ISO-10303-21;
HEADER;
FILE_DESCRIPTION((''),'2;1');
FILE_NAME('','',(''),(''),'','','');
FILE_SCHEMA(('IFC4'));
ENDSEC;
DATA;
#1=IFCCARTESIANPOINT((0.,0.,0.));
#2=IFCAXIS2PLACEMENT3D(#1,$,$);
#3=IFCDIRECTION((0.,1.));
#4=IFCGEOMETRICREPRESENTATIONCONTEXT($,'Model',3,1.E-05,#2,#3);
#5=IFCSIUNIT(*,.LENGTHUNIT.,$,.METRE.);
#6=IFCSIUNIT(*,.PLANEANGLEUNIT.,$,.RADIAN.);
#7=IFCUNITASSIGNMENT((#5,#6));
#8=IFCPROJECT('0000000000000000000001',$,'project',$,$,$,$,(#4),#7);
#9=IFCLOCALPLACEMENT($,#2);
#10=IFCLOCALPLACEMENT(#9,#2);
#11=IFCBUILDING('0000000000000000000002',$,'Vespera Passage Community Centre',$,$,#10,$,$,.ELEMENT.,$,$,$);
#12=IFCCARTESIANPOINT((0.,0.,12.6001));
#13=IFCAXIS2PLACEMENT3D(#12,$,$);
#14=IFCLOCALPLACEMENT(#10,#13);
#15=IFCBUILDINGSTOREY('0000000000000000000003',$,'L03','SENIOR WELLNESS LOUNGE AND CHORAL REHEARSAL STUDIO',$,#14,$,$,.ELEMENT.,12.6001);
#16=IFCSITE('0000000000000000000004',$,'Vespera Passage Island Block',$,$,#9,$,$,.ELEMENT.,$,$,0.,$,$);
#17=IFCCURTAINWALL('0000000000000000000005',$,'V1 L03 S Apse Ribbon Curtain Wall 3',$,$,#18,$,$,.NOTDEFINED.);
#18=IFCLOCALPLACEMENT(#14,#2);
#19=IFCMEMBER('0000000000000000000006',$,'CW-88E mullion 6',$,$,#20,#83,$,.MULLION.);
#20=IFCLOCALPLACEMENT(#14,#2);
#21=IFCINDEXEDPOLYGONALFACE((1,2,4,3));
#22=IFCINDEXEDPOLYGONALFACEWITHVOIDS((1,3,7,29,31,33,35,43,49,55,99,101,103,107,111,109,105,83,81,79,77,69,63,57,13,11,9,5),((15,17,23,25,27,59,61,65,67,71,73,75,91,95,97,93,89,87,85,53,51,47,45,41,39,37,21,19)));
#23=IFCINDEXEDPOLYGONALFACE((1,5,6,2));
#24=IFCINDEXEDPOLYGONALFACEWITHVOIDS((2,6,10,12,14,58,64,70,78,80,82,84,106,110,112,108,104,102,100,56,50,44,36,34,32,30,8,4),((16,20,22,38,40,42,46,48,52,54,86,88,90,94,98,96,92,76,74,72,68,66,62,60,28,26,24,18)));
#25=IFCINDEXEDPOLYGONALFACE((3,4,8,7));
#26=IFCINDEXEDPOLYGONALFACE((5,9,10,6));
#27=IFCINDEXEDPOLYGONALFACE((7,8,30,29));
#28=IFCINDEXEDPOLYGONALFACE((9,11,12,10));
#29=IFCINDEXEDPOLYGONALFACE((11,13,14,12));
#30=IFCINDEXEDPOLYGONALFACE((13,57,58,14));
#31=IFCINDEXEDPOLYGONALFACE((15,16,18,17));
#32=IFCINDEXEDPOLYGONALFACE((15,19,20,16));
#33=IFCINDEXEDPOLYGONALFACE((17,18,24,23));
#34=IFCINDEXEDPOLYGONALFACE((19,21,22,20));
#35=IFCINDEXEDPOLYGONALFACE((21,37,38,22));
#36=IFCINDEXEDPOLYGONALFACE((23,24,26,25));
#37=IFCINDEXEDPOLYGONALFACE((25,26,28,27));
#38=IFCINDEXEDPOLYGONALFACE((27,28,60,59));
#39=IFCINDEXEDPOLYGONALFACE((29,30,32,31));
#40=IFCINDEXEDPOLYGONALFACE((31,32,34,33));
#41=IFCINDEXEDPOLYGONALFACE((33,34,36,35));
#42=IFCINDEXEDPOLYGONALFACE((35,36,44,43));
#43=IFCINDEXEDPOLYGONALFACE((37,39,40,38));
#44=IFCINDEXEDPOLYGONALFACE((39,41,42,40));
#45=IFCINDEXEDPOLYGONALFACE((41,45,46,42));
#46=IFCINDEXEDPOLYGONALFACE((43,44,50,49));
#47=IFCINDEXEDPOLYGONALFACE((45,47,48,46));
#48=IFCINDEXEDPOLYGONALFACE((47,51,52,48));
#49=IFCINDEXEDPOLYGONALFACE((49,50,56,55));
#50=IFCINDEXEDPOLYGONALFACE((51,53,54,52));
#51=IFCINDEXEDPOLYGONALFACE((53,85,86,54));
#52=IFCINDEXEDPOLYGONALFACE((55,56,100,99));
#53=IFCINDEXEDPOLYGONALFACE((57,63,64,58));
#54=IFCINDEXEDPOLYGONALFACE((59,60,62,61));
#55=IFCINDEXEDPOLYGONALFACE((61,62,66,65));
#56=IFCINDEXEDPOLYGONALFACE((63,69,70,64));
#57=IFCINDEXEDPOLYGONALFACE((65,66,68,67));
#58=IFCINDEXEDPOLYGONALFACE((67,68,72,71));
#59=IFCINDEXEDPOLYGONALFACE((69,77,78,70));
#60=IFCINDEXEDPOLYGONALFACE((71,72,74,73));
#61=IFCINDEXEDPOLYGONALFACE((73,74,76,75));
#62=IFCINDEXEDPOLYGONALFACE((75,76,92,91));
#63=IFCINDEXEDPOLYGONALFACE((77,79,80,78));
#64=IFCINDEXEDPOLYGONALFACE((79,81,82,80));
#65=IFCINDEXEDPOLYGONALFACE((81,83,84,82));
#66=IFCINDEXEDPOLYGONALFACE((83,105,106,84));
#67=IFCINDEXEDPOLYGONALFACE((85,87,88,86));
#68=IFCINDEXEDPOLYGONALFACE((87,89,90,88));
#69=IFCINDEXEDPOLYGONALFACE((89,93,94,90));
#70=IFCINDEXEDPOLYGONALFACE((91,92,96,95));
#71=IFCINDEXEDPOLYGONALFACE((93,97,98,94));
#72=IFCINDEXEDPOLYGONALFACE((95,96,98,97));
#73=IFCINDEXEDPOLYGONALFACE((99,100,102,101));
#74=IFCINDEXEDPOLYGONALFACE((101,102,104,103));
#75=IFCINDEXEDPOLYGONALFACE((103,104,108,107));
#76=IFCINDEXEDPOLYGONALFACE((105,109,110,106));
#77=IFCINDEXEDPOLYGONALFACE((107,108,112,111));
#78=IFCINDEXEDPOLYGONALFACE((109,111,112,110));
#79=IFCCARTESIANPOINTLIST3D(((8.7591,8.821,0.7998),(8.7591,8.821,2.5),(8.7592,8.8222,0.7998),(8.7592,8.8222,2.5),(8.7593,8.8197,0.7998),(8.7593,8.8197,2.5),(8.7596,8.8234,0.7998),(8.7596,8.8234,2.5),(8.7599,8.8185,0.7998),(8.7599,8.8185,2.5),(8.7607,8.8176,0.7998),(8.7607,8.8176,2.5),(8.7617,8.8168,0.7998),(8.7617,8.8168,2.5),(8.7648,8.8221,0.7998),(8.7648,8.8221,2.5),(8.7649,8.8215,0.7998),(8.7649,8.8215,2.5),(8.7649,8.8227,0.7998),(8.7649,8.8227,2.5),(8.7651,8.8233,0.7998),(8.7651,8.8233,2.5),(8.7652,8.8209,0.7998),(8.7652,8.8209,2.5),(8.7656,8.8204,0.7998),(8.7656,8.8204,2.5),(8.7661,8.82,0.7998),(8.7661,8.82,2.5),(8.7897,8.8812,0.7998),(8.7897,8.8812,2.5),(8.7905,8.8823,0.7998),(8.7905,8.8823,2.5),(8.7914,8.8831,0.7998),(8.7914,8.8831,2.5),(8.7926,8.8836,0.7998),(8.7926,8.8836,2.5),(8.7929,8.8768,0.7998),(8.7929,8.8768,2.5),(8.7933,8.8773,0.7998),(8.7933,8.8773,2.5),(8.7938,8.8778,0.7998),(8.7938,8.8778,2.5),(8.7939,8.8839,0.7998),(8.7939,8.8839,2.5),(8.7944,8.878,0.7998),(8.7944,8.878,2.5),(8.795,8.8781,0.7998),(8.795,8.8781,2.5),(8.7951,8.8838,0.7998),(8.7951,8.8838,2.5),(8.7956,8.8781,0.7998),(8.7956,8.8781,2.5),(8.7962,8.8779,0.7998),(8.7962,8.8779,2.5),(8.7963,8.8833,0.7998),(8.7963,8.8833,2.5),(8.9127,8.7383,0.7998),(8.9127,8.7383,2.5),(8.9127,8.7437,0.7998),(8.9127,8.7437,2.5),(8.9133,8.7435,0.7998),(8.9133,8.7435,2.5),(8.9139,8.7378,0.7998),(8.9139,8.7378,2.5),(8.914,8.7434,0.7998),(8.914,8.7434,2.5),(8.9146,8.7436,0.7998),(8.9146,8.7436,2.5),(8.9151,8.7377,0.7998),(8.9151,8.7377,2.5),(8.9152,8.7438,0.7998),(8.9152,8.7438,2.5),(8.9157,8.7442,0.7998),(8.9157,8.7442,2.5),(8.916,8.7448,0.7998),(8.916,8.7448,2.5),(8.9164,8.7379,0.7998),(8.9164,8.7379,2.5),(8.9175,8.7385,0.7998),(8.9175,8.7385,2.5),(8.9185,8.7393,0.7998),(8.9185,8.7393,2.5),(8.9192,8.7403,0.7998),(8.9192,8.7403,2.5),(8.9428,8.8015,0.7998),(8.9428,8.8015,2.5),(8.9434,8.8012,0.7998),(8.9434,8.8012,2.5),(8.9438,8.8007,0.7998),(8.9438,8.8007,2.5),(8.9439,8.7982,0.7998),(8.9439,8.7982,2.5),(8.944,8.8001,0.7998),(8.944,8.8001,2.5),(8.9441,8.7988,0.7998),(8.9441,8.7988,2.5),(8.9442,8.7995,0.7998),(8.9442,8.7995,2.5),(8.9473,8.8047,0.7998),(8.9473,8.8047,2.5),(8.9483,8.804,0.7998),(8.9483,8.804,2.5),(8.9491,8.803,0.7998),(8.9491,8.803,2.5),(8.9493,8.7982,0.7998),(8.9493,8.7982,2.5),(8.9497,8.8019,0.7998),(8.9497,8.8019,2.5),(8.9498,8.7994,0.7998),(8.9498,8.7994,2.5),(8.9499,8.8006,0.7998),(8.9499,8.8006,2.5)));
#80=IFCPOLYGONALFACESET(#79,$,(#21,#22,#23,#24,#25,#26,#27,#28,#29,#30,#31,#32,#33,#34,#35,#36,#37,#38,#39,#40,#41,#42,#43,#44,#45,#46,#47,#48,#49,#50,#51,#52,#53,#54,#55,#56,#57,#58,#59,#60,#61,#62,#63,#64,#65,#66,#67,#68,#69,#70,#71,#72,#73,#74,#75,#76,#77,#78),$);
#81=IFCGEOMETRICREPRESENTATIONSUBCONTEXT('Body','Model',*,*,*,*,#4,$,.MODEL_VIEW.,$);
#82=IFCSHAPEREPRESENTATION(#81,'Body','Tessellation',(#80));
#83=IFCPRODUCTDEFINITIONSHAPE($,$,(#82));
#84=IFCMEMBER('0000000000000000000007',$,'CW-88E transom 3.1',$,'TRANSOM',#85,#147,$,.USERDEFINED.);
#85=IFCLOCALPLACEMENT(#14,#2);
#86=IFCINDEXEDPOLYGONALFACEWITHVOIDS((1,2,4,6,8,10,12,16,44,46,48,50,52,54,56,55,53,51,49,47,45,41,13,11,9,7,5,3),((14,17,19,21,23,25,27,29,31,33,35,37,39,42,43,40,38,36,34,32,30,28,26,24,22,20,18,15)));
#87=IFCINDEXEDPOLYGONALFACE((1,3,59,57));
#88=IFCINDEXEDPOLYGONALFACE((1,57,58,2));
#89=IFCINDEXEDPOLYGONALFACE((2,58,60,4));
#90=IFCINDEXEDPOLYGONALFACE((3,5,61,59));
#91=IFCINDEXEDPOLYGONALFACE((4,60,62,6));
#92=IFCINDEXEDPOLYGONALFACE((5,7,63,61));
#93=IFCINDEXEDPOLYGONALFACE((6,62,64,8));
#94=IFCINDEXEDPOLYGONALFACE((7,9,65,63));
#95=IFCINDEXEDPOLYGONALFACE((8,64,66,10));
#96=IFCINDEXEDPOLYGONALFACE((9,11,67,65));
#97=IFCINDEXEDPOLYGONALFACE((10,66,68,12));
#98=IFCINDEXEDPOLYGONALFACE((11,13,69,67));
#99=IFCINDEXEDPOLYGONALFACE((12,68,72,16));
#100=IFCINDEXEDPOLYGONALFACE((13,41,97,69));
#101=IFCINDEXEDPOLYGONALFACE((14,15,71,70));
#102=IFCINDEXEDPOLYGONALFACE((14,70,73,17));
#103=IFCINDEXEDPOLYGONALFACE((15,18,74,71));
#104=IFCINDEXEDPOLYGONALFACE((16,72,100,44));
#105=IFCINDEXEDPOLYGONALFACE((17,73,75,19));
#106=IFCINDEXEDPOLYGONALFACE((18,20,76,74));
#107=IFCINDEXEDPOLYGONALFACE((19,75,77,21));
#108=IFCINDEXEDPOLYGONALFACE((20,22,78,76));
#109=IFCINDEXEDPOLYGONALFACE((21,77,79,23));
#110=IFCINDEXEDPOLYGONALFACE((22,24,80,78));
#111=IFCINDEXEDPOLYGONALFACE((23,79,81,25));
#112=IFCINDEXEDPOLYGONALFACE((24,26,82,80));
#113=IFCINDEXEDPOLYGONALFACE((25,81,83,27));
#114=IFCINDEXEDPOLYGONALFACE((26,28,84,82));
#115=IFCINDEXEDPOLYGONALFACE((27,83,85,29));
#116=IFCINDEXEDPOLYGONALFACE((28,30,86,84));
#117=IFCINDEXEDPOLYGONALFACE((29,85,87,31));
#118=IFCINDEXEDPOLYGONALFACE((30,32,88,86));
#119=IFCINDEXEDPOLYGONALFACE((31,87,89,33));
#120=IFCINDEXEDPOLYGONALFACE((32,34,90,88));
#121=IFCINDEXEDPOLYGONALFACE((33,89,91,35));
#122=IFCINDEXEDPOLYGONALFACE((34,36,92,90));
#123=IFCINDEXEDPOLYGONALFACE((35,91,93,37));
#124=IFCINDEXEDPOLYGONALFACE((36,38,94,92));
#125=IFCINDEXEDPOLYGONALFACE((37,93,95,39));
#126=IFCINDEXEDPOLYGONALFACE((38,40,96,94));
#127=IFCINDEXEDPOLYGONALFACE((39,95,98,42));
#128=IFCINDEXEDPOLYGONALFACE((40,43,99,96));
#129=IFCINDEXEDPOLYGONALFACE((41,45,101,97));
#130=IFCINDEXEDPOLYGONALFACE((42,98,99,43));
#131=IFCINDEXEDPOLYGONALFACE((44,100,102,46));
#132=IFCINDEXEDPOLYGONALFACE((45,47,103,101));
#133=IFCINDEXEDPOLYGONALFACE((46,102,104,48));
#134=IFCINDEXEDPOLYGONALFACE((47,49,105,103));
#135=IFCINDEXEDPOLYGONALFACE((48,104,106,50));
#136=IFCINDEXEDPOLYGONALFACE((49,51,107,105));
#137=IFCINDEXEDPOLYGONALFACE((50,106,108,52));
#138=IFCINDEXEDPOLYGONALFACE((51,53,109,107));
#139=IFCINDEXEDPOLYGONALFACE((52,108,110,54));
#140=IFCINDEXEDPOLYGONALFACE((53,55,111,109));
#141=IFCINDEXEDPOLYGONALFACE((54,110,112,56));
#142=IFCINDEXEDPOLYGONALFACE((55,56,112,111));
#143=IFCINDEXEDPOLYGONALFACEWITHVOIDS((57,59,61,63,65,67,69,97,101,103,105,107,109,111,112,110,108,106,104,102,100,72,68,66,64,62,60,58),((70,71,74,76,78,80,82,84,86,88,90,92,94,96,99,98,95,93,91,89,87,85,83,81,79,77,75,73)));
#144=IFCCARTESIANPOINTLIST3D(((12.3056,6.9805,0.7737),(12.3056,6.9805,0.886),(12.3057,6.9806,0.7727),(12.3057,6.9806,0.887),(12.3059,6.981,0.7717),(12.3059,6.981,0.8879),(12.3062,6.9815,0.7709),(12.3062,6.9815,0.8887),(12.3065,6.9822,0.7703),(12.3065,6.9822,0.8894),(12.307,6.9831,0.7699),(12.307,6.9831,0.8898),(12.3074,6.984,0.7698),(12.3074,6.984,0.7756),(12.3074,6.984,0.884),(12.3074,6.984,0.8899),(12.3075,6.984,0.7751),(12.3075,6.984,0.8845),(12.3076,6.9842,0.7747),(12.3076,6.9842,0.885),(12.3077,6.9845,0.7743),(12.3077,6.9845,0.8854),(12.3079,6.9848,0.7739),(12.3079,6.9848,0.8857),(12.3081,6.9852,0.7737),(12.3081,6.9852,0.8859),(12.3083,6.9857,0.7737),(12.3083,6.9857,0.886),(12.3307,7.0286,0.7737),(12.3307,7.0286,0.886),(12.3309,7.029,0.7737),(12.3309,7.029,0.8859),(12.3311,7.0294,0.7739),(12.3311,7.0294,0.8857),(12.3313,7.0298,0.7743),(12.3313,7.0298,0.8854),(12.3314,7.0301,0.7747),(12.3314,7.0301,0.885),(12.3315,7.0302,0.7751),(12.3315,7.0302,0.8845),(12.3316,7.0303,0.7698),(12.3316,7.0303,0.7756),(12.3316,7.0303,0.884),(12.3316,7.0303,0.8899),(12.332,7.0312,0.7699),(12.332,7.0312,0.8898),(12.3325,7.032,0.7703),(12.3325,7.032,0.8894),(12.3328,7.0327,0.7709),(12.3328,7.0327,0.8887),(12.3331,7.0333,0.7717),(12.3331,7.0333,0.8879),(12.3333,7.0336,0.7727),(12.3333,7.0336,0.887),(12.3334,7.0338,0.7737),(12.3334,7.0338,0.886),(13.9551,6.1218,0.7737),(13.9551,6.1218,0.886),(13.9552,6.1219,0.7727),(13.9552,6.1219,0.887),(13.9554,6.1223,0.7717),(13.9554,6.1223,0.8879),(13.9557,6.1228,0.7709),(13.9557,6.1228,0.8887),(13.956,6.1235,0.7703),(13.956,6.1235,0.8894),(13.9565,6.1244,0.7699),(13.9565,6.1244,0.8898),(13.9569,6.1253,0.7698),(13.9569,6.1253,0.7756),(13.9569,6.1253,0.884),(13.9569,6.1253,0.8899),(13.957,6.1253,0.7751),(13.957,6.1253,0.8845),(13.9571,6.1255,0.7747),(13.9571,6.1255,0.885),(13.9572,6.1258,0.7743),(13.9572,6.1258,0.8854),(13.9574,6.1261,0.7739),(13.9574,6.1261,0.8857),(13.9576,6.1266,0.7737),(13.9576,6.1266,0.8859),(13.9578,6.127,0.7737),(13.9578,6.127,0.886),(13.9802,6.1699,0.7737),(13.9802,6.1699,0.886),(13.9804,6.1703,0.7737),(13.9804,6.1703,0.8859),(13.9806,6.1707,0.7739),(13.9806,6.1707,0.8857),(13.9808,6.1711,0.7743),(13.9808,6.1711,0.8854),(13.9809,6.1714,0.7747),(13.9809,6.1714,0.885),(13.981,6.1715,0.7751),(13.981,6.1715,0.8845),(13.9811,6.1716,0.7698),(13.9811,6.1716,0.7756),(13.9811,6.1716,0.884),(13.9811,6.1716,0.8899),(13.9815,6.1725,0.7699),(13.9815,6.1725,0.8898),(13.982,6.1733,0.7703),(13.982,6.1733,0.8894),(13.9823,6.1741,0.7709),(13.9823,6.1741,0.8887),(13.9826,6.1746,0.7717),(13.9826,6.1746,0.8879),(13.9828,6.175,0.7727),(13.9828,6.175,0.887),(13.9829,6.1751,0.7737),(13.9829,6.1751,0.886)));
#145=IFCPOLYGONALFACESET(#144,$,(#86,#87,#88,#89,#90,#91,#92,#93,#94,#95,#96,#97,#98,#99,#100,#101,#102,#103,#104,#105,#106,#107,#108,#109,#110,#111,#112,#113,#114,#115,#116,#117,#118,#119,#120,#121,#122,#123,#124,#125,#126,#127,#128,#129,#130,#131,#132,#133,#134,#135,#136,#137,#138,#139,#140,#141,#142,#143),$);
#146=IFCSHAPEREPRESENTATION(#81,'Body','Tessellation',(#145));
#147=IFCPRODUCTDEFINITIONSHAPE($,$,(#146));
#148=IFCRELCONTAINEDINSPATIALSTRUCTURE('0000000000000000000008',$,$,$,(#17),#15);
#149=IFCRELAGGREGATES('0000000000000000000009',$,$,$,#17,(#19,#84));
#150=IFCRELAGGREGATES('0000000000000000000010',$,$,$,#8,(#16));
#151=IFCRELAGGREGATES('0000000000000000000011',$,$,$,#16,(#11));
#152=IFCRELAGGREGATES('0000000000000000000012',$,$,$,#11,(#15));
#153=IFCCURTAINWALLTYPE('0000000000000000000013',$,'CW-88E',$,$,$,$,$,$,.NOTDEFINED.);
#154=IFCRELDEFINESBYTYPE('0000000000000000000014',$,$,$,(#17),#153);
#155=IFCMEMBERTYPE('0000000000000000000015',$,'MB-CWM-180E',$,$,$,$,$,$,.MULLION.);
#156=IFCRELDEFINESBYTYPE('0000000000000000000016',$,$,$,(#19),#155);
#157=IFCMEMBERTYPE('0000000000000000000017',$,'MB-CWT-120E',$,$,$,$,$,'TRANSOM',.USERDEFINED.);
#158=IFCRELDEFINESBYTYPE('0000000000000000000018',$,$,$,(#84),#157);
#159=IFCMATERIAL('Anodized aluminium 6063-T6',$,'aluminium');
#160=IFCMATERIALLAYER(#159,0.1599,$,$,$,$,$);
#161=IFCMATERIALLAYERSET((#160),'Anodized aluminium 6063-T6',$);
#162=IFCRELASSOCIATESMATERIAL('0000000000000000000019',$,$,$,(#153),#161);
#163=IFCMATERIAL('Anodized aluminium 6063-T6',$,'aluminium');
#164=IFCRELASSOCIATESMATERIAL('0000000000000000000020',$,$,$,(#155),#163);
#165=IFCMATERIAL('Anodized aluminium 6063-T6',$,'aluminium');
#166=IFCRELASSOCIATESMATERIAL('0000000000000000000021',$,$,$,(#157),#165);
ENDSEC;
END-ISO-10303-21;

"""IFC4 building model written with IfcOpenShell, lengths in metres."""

from ifc_helpers import new_model, si_unit, direction, frame, origin, origin_2d, place, context, subcontext, project, spatial, hollow_rectangle, extrude, material, layer, layer_set, material_profile, profile_set, type_object, element, aggregate, save


model = new_model("IFC4")

# Units and contexts
model_context = context("Model", 3, precision=1e-05, world=origin(), true_north=direction((0.0, 1.0)))
body_context = subcontext(model_context, "Body", "Model", "MODEL_VIEW")
ifc_project = project(units=[si_unit("LENGTHUNIT", "METRE"), si_unit("PLANEANGLEUNIT", "RADIAN")], contexts=[model_context])

# Site, building, storey
site_placement = place(None, origin())
site = spatial("IfcSite", under=ifc_project, at=site_placement, Name="Vespera Passage Island Block", CompositionType="ELEMENT", RefElevation=0.0)
building_placement = place(site_placement, origin())
building = spatial("IfcBuilding", under=site, at=building_placement, Name="Vespera Passage Community Centre", CompositionType="ELEMENT")
storey_placement = place(building_placement, frame((0.0, 0.0, 12.6001)))
storey = spatial("IfcBuildingStorey", under=building, at=storey_placement, Name="L03", Description="SENIOR WELLNESS LOUNGE AND CHORAL REHEARSAL STUDIO", CompositionType="ELEMENT", Elevation=12.6001)

# Curtain wall, members
ifc_material_1 = material(Name="Anodized aluminium 6063-T6", Category="aluminium")
ifc_layer_1 = layer(ifc_material_1, 0.1599)
ifc_layer_set_1 = layer_set([ifc_layer_1], Name="Anodized aluminium 6063-T6")
curtain_wall_type = type_object("IfcCurtainWallType", Name="CW-88E", PredefinedType="NOTDEFINED", material=ifc_layer_set_1)
curtain_wall_placement = place(storey_placement, origin())
curtain_wall = element("IfcCurtainWall", 1, at=curtain_wall_placement, inside=storey, type_object=curtain_wall_type, Name="V1 L03 S Apse Ribbon Curtain Wall 3", PredefinedType="NOTDEFINED")
ifc_material_2 = material(Name="Anodized aluminium 6063-T6", Category="aluminium")
ifc_material_profile_1 = material_profile(ifc_material_2, hollow_rectangle(XDim=0.075, YDim=0.1799, WallThickness=0.0049, InnerFilletRadius=0.0024, OuterFilletRadius=0.0049, at=origin_2d()), Name="ALU180X75X5")
ifc_profile_set_1 = profile_set([ifc_material_profile_1], Name="Anodized aluminium 6063-T6")
member_type_1 = type_object("IfcMemberType", Name="MB-CWM-180E", PredefinedType="MULLION", material=ifc_profile_set_1)
member_1_placement = place(storey_placement, frame((8.8545, 8.8108, 0.7998), z_axis=(0.0, 0.0, 1.0), x_axis=(-0.461745, -0.887013, 0.0)))
member_1 = element("IfcMember", 2, at=member_1_placement, type_object=member_type_1, Name="CW-88E mullion 6", PredefinedType="MULLION", context=body_context, shape_type="SweptSolid", body=[
    extrude(hollow_rectangle(XDim=0.075, YDim=0.1799, WallThickness=0.0049, InnerFilletRadius=0.0024, OuterFilletRadius=0.0049, at=origin_2d()), origin(), (0.0, 0.0, 1.0), 1.7002),
])
ifc_material_3 = material(Name="Anodized aluminium 6063-T6", Category="aluminium")
ifc_material_profile_2 = material_profile(ifc_material_3, hollow_rectangle(XDim=0.0601, YDim=0.1201, WallThickness=0.0039, InnerFilletRadius=0.002, OuterFilletRadius=0.0039, at=origin_2d()), Name="ALU120X60X4")
ifc_profile_set_2 = profile_set([ifc_material_profile_2], Name="Anodized aluminium 6063-T6")
member_type_2 = type_object("IfcMemberType", Name="MB-CWT-120E", ElementType="TRANSOM", PredefinedType="USERDEFINED", material=ifc_profile_set_2)
member_2_placement = place(storey_placement, frame((13.969, 6.1484, 0.8298), z_axis=(-0.887008, 0.461754, 0.0), x_axis=(-0.461754, -0.887008, 0.0)))
member_2 = element("IfcMember", 3, at=member_2_placement, type_object=member_type_2, Name="CW-88E transom 3.1", ObjectType="TRANSOM", PredefinedType="USERDEFINED", context=body_context, shape_type="SweptSolid", body=[
    extrude(hollow_rectangle(XDim=0.0601, YDim=0.1201, WallThickness=0.0039, InnerFilletRadius=0.002, OuterFilletRadius=0.0039, at=origin_2d()), origin(), (0.0, 0.0, 1.0), 1.8596),
])
aggregate(curtain_wall, [member_1, member_2])

save(model, "model.ifc")
